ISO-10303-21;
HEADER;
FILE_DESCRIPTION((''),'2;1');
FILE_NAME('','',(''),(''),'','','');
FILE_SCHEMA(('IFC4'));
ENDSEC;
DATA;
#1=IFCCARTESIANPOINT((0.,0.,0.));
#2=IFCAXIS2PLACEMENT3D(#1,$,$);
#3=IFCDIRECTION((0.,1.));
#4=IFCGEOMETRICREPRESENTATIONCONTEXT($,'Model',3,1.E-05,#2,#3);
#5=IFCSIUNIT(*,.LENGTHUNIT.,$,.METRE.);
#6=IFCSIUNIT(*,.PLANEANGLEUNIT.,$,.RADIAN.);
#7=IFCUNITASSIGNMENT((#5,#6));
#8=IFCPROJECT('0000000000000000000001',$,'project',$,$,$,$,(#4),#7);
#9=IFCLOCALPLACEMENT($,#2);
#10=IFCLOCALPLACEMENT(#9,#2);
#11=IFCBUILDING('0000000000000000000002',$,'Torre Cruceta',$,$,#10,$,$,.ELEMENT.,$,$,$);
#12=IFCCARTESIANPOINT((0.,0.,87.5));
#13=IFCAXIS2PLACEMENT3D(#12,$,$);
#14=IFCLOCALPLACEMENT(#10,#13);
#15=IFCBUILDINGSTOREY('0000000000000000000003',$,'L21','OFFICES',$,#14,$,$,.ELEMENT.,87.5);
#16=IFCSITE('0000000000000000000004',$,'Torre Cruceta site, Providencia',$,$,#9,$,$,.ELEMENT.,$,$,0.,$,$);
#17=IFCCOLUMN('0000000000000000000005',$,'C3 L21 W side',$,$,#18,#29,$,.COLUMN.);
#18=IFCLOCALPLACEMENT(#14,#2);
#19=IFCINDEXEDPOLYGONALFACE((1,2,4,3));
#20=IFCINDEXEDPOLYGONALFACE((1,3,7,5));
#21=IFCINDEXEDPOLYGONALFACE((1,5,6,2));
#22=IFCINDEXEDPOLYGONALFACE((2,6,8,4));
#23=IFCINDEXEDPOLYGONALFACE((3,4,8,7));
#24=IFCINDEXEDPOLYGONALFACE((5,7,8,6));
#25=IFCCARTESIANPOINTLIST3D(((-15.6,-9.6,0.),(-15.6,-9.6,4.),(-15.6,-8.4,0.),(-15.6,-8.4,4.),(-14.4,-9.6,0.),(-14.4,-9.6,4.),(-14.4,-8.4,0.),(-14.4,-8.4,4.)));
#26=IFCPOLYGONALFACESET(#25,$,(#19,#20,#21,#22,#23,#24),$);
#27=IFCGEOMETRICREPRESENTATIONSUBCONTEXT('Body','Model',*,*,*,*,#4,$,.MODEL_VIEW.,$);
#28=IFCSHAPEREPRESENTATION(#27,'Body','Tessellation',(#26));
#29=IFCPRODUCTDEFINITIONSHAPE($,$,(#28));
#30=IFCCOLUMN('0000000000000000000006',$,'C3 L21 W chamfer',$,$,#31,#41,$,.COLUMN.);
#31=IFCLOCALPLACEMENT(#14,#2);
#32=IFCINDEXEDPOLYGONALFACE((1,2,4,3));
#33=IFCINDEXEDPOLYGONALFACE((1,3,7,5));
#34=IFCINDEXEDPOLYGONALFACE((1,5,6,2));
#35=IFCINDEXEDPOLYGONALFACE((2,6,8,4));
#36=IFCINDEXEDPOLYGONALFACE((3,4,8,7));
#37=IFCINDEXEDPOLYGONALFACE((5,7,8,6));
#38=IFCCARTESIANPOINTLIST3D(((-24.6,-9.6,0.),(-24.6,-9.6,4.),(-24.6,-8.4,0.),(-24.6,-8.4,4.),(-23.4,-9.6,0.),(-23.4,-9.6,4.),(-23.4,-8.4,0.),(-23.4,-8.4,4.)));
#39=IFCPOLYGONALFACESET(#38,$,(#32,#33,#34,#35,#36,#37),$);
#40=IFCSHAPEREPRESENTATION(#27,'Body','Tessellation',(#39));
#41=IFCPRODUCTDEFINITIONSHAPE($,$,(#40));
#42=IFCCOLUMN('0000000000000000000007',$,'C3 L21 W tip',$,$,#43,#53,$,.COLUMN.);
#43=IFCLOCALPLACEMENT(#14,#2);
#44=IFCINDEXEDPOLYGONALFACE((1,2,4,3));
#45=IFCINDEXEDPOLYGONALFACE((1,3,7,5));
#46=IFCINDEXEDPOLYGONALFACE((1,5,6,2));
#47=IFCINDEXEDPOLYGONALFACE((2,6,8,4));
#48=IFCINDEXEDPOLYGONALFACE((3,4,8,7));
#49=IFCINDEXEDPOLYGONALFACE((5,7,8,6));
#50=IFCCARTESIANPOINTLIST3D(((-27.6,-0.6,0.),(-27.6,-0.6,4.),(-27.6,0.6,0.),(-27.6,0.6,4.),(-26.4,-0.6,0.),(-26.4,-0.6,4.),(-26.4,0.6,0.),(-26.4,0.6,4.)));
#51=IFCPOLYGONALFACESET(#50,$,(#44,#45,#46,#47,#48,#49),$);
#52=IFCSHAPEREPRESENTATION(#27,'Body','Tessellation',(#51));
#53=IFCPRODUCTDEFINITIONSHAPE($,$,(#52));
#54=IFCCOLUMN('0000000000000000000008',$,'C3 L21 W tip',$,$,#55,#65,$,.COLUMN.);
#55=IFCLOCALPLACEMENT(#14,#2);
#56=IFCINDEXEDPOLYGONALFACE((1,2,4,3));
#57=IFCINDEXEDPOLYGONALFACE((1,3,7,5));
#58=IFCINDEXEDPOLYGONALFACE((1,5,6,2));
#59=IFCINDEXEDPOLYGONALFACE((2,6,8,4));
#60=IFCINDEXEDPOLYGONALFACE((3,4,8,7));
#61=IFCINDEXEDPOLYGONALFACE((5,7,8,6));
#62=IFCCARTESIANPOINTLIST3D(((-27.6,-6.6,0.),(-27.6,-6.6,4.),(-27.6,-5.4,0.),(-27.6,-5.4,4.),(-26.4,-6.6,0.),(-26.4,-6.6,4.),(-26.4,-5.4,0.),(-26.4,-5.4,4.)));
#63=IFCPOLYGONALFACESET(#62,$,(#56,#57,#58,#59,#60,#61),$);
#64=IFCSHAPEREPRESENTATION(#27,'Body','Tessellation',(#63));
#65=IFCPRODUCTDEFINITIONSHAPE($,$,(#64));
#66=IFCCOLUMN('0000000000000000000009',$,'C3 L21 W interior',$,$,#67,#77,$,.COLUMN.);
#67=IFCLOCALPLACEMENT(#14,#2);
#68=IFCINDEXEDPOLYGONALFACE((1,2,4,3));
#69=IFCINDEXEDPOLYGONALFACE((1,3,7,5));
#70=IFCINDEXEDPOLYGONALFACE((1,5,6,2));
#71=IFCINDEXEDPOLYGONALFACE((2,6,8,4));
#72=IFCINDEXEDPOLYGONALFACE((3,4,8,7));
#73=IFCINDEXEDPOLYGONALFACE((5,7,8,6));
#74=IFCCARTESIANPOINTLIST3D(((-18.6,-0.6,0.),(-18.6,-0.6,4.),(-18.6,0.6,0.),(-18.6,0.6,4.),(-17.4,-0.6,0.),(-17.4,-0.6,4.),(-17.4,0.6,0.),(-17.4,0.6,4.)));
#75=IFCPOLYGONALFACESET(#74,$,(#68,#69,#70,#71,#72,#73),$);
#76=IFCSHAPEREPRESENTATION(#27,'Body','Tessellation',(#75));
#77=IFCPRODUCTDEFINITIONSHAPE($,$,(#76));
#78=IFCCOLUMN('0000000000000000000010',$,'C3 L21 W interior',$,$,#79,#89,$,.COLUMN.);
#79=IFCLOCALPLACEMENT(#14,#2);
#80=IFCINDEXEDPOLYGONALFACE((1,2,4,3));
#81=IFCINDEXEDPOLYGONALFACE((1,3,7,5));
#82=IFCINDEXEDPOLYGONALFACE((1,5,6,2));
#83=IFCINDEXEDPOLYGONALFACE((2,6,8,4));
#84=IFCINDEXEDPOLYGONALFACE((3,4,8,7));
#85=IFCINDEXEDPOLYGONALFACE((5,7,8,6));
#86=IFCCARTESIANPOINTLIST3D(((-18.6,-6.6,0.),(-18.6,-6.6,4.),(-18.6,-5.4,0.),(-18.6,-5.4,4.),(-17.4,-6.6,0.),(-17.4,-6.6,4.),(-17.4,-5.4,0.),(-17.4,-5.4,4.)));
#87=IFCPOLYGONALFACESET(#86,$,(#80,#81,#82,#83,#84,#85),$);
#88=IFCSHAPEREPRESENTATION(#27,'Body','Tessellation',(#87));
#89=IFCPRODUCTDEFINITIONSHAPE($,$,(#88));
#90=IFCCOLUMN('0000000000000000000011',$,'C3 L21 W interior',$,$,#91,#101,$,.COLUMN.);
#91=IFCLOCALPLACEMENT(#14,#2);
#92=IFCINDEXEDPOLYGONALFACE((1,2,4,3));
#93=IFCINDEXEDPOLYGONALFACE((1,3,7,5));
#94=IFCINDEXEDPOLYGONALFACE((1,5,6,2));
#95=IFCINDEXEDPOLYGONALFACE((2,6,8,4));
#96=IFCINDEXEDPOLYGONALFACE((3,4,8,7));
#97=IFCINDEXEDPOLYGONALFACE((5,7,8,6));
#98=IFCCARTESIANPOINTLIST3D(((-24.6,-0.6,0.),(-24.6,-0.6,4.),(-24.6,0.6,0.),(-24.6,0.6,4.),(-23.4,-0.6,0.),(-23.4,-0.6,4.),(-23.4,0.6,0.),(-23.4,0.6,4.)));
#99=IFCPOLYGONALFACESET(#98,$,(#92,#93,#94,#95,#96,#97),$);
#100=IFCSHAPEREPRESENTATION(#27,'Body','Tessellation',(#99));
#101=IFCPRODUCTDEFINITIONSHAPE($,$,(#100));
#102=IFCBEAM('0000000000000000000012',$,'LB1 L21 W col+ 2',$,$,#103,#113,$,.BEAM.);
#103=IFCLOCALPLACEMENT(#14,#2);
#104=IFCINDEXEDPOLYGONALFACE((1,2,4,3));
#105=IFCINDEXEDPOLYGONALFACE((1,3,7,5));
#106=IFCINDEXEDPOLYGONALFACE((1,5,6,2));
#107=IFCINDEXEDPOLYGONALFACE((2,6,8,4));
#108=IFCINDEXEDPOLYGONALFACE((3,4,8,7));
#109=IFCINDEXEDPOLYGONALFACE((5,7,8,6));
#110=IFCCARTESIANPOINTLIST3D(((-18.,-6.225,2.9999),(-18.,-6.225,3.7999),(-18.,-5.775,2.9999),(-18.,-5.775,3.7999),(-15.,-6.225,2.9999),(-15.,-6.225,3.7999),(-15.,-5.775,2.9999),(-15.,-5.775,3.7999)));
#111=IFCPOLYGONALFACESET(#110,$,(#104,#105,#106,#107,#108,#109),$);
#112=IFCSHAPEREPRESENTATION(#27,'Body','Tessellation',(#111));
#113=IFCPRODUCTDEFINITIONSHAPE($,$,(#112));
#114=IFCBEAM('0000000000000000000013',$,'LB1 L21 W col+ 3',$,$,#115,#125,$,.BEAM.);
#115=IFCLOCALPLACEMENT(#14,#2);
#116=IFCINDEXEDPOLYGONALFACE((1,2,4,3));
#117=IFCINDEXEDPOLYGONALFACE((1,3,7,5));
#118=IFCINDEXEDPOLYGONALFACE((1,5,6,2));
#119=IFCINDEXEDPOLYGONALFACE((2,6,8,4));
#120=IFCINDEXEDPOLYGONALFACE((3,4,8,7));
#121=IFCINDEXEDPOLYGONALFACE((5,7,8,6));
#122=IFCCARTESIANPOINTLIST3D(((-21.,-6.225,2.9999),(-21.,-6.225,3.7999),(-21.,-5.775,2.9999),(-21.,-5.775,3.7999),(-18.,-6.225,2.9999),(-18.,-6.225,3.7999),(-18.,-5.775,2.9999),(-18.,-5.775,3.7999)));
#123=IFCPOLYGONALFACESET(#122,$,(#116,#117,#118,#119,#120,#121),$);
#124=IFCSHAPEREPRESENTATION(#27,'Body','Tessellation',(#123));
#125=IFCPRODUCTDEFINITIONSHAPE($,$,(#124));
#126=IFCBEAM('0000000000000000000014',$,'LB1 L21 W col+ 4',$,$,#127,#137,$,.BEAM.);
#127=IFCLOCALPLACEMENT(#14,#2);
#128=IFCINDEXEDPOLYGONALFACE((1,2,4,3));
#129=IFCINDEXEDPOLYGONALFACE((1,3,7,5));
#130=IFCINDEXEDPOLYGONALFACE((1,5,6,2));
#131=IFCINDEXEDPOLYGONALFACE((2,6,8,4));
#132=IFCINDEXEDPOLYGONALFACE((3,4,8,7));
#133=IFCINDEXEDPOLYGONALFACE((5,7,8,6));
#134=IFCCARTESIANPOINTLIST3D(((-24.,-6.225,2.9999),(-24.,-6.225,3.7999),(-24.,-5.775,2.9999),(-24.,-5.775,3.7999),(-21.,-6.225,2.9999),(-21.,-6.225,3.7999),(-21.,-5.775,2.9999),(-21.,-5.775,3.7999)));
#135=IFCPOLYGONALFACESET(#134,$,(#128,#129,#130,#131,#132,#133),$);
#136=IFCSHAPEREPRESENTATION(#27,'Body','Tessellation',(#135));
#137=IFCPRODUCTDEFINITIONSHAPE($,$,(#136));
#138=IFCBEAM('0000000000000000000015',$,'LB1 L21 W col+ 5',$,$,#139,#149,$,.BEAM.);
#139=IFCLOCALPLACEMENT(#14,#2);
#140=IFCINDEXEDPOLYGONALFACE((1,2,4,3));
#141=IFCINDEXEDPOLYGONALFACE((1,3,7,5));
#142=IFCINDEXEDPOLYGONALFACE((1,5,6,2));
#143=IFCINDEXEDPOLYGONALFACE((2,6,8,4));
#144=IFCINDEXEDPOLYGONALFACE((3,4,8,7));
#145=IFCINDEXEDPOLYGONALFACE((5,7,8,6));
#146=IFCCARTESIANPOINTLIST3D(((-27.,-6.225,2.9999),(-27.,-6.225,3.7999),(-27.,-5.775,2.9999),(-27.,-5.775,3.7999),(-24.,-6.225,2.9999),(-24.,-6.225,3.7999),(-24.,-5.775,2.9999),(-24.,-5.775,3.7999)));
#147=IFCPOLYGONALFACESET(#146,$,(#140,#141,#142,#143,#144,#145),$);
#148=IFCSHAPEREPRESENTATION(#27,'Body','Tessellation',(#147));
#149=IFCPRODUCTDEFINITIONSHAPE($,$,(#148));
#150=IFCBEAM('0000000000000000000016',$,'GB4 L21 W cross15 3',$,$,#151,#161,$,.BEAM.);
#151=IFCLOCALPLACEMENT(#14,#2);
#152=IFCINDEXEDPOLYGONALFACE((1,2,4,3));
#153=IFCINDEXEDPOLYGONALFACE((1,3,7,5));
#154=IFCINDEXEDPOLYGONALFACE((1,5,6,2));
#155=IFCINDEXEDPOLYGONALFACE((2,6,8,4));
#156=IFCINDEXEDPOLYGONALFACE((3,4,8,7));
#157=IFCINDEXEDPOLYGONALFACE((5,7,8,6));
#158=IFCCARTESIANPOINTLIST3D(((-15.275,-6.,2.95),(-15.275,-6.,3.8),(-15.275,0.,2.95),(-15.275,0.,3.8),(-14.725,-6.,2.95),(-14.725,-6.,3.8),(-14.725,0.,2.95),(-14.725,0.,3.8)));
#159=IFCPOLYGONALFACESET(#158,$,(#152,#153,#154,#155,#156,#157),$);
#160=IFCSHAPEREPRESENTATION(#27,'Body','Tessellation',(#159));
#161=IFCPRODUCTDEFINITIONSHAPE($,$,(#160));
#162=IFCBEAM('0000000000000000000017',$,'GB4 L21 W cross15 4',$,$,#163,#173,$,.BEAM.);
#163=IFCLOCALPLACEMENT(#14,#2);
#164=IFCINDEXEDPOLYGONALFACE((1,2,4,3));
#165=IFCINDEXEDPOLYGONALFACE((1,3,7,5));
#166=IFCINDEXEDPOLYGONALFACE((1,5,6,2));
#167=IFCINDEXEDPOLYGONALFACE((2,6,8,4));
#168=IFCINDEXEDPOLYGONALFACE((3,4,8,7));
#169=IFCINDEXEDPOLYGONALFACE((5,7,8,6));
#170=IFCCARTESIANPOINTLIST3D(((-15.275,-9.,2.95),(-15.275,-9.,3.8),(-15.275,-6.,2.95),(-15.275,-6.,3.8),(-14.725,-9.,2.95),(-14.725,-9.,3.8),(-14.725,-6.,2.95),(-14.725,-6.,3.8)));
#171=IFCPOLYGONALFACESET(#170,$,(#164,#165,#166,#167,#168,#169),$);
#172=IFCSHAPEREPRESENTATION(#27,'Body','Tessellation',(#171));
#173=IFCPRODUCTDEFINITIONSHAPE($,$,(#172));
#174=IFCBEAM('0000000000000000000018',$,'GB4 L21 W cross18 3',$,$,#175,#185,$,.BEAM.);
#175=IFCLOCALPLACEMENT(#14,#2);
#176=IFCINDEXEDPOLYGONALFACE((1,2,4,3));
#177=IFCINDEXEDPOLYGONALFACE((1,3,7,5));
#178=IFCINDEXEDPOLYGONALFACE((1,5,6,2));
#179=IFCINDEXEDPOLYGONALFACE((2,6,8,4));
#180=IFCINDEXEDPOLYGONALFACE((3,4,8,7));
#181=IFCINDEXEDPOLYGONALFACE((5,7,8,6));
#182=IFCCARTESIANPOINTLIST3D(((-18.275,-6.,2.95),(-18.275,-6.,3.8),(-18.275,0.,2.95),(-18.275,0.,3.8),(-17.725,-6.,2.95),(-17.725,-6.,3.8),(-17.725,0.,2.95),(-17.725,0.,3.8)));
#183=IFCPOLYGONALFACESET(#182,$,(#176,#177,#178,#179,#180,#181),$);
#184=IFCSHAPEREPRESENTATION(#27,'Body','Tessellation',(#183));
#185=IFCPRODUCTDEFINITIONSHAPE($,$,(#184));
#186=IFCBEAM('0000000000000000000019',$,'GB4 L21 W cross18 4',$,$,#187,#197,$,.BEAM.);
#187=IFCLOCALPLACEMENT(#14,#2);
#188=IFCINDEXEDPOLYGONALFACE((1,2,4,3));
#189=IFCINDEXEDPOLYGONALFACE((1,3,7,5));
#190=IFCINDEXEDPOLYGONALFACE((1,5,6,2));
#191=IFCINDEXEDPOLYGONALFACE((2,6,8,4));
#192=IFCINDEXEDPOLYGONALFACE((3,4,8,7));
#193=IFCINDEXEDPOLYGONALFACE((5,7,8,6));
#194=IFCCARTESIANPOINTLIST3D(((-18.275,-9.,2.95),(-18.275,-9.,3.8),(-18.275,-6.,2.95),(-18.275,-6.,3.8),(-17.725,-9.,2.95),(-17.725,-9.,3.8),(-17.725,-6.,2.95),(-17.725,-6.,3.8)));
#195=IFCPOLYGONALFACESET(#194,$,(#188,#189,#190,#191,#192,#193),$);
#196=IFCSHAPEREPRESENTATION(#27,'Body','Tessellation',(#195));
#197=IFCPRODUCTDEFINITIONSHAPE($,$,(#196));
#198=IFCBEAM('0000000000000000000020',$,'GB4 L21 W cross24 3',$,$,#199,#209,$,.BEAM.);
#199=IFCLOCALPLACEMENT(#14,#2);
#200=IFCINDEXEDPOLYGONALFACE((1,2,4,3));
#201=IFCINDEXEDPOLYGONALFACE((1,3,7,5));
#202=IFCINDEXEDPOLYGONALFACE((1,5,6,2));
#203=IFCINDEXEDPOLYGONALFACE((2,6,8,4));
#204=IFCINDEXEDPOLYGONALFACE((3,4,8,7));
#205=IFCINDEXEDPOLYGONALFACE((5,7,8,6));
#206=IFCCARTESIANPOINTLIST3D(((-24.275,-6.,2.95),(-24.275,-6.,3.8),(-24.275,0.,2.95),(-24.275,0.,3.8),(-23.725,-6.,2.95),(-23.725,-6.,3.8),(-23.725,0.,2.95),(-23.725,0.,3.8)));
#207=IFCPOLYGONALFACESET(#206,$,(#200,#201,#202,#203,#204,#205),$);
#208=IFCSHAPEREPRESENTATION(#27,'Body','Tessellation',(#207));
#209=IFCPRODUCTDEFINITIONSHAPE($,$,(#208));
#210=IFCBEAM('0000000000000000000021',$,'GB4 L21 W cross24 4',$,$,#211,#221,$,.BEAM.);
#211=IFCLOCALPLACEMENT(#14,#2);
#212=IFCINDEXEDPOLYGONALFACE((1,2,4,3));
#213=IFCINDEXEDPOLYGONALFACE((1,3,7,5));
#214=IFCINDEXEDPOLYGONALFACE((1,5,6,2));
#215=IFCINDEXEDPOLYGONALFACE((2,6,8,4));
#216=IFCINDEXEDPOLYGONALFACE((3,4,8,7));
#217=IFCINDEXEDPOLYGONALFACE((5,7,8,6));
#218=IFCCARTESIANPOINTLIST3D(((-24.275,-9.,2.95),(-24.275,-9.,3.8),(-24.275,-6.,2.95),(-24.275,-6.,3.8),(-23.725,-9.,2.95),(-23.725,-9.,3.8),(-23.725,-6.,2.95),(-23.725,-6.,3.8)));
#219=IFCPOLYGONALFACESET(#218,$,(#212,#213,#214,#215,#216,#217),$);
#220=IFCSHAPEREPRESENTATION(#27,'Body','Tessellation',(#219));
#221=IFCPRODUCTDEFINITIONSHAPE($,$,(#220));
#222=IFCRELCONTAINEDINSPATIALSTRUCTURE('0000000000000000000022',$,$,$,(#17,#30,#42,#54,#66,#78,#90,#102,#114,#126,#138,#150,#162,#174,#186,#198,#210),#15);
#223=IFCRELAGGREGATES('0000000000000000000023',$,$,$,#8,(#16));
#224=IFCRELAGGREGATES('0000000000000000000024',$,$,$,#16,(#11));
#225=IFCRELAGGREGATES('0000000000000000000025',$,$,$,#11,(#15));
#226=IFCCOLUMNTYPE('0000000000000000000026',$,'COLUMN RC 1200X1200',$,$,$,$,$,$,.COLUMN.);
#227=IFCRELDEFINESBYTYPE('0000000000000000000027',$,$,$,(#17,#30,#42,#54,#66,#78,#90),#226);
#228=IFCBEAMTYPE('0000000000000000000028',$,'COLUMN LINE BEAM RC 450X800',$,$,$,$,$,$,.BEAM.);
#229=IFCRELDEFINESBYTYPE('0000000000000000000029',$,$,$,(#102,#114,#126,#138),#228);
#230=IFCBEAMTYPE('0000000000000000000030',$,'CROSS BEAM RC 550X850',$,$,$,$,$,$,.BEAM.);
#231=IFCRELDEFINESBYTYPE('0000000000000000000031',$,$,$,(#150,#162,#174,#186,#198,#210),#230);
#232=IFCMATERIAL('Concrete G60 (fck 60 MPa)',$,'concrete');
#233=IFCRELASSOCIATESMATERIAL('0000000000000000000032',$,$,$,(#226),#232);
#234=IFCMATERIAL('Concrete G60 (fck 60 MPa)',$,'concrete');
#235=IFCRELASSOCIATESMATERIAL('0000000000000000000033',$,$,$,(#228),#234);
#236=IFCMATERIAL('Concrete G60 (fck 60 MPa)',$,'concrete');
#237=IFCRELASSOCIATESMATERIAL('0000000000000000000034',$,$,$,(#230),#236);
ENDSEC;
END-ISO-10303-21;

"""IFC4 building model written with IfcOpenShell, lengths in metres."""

from ifc_helpers import new_model, si_unit, direction, frame, origin, origin_2d, place, context, subcontext, project, spatial, rectangle, extrude, material, material_profile, profile_set, type_object, element, save


model = new_model("IFC4")

# Units and contexts
model_context = context("Model", 3, precision=1e-05, world=origin(), true_north=direction((0.0, 1.0)))
body_context = subcontext(model_context, "Body", "Model", "MODEL_VIEW")
ifc_project = project(units=[si_unit("LENGTHUNIT", "METRE"), si_unit("PLANEANGLEUNIT", "RADIAN")], contexts=[model_context])

# Site, building, storey
site_placement = place(None, origin())
site = spatial("IfcSite", under=ifc_project, at=site_placement, Name="Torre Cruceta site, Providencia", CompositionType="ELEMENT", RefElevation=0.0)
building_placement = place(site_placement, origin())
building = spatial("IfcBuilding", under=site, at=building_placement, Name="Torre Cruceta", CompositionType="ELEMENT")
storey_placement = place(building_placement, frame((0.0, 0.0, 87.5)))
storey = spatial("IfcBuildingStorey", under=building, at=storey_placement, Name="L21", Description="OFFICES", CompositionType="ELEMENT", Elevation=87.5)

# Columns
ifc_material_1 = material(Name="Concrete G60 (fck 60 MPa)", Category="concrete")
ifc_material_profile_1 = material_profile(ifc_material_1, rectangle(XDim=1.2, YDim=1.2, at=origin_2d()), Name="RC 1200X1200")
ifc_profile_set_1 = profile_set([ifc_material_profile_1], Name="Concrete G60 (fck 60 MPa)")
column_type = type_object("IfcColumnType", Name="COLUMN RC 1200X1200", PredefinedType="COLUMN", material=ifc_profile_set_1)
for number, where, z_axis, x_axis, name in (
    (1, (-15.0, -9.0, 0.0), (0.0, 0.0, 1.0), (1.0, 0.0, 0.0), "C3 L21 W side"),
    (2, (-24.0, -9.0, 0.0), (0.0, 0.0, 1.0), (1.0, 0.0, 0.0), "C3 L21 W chamfer"),
    (3, (-27.0, 0.0, 0.0), (0.0, 0.0, 1.0), (1.0, 0.0, 0.0), "C3 L21 W tip"),
    (4, (-27.0, -6.0, 0.0), (0.0, 0.0, 1.0), (1.0, 0.0, 0.0), "C3 L21 W tip"),
    (5, (-18.0, 0.0, 0.0), (0.0, 0.0, 1.0), (1.0, 0.0, 0.0), "C3 L21 W interior"),
    (6, (-18.0, -6.0, 0.0), (0.0, 0.0, 1.0), (1.0, 0.0, 0.0), "C3 L21 W interior"),
    (7, (-24.0, 0.0, 0.0), (0.0, 0.0, 1.0), (1.0, 0.0, 0.0), "C3 L21 W interior"),
):
    element("IfcColumn", number, at=place(storey_placement, frame(where, z_axis=z_axis, x_axis=x_axis)), inside=storey, type_object=column_type, Name=name, PredefinedType="COLUMN", context=body_context, shape_type="SweptSolid", body=[
        extrude(rectangle(XDim=1.2, YDim=1.2, at=origin_2d()), origin(), (0.0, 0.0, 1.0), 4.0),
    ])

# Beams
ifc_material_2 = material(Name="Concrete G60 (fck 60 MPa)", Category="concrete")
ifc_material_profile_2 = material_profile(ifc_material_2, rectangle(XDim=0.45, YDim=0.8, at=origin_2d()), Name="RC 450X800")
ifc_profile_set_2 = profile_set([ifc_material_profile_2], Name="Concrete G60 (fck 60 MPa)")
beam_type_1 = type_object("IfcBeamType", Name="COLUMN LINE BEAM RC 450X800", PredefinedType="BEAM", material=ifc_profile_set_2)
for number, where, z_axis, x_axis, name in (
    (8, (-15.0, -6.0, 3.3999), (-1.0, 0.0, 0.0), (0.0, -1.0, 0.0), "LB1 L21 W col+ 2"),
    (9, (-18.0, -6.0, 3.3999), (-1.0, 0.0, 0.0), (0.0, -1.0, 0.0), "LB1 L21 W col+ 3"),
    (10, (-21.0, -6.0, 3.3999), (-1.0, 0.0, 0.0), (0.0, -1.0, 0.0), "LB1 L21 W col+ 4"),
    (11, (-24.0, -6.0, 3.3999), (-1.0, 0.0, 0.0), (0.0, -1.0, 0.0), "LB1 L21 W col+ 5"),
):
    element("IfcBeam", number, at=place(storey_placement, frame(where, z_axis=z_axis, x_axis=x_axis)), inside=storey, type_object=beam_type_1, Name=name, PredefinedType="BEAM", context=body_context, shape_type="SweptSolid", body=[
        extrude(rectangle(XDim=0.45, YDim=0.8, at=origin_2d()), origin(), (0.0, 0.0, 1.0), 3.0),
    ])
ifc_material_3 = material(Name="Concrete G60 (fck 60 MPa)", Category="concrete")
ifc_material_profile_3 = material_profile(ifc_material_3, rectangle(XDim=0.55, YDim=0.8501, at=origin_2d()), Name="RC 550X850")
ifc_profile_set_3 = profile_set([ifc_material_profile_3], Name="Concrete G60 (fck 60 MPa)")
beam_type_2 = type_object("IfcBeamType", Name="CROSS BEAM RC 550X850", PredefinedType="BEAM", material=ifc_profile_set_3)
beam_1_placement = place(storey_placement, frame((-15.0, 0.0, 3.375), z_axis=(0.0, -1.0, 0.0), x_axis=(1.0, 0.0, 0.0)))
element("IfcBeam", 12, at=beam_1_placement, inside=storey, type_object=beam_type_2, Name="GB4 L21 W cross15 3", PredefinedType="BEAM", context=body_context, shape_type="SweptSolid", body=[
    extrude(rectangle(XDim=0.55, YDim=0.8501, at=origin_2d()), origin(), (0.0, 0.0, 1.0), 6.0),
])
beam_2_placement = place(storey_placement, frame((-15.0, -6.0, 3.375), z_axis=(0.0, -1.0, 0.0), x_axis=(1.0, 0.0, 0.0)))
element("IfcBeam", 13, at=beam_2_placement, inside=storey, type_object=beam_type_2, Name="GB4 L21 W cross15 4", PredefinedType="BEAM", context=body_context, shape_type="SweptSolid", body=[
    extrude(rectangle(XDim=0.55, YDim=0.8501, at=origin_2d()), origin(), (0.0, 0.0, 1.0), 3.0),
])
beam_3_placement = place(storey_placement, frame((-18.0, 0.0, 3.375), z_axis=(0.0, -1.0, 0.0), x_axis=(1.0, 0.0, 0.0)))
element("IfcBeam", 14, at=beam_3_placement, inside=storey, type_object=beam_type_2, Name="GB4 L21 W cross18 3", PredefinedType="BEAM", context=body_context, shape_type="SweptSolid", body=[
    extrude(rectangle(XDim=0.55, YDim=0.8501, at=origin_2d()), origin(), (0.0, 0.0, 1.0), 6.0),
])
beam_4_placement = place(storey_placement, frame((-18.0, -6.0, 3.375), z_axis=(0.0, -1.0, 0.0), x_axis=(1.0, 0.0, 0.0)))
element("IfcBeam", 15, at=beam_4_placement, inside=storey, type_object=beam_type_2, Name="GB4 L21 W cross18 4", PredefinedType="BEAM", context=body_context, shape_type="SweptSolid", body=[
    extrude(rectangle(XDim=0.55, YDim=0.8501, at=origin_2d()), origin(), (0.0, 0.0, 1.0), 3.0),
])
beam_5_placement = place(storey_placement, frame((-24.0, 0.0, 3.375), z_axis=(0.0, -1.0, 0.0), x_axis=(1.0, 0.0, 0.0)))
element("IfcBeam", 16, at=beam_5_placement, inside=storey, type_object=beam_type_2, Name="GB4 L21 W cross24 3", PredefinedType="BEAM", context=body_context, shape_type="SweptSolid", body=[
    extrude(rectangle(XDim=0.55, YDim=0.8501, at=origin_2d()), origin(), (0.0, 0.0, 1.0), 6.0),
])
beam_6_placement = place(storey_placement, frame((-24.0, -6.0, 3.375), z_axis=(0.0, -1.0, 0.0), x_axis=(1.0, 0.0, 0.0)))
element("IfcBeam", 17, at=beam_6_placement, inside=storey, type_object=beam_type_2, Name="GB4 L21 W cross24 4", PredefinedType="BEAM", context=body_context, shape_type="SweptSolid", body=[
    extrude(rectangle(XDim=0.55, YDim=0.8501, at=origin_2d()), origin(), (0.0, 0.0, 1.0), 3.0),
])

save(model, "model.ifc")
